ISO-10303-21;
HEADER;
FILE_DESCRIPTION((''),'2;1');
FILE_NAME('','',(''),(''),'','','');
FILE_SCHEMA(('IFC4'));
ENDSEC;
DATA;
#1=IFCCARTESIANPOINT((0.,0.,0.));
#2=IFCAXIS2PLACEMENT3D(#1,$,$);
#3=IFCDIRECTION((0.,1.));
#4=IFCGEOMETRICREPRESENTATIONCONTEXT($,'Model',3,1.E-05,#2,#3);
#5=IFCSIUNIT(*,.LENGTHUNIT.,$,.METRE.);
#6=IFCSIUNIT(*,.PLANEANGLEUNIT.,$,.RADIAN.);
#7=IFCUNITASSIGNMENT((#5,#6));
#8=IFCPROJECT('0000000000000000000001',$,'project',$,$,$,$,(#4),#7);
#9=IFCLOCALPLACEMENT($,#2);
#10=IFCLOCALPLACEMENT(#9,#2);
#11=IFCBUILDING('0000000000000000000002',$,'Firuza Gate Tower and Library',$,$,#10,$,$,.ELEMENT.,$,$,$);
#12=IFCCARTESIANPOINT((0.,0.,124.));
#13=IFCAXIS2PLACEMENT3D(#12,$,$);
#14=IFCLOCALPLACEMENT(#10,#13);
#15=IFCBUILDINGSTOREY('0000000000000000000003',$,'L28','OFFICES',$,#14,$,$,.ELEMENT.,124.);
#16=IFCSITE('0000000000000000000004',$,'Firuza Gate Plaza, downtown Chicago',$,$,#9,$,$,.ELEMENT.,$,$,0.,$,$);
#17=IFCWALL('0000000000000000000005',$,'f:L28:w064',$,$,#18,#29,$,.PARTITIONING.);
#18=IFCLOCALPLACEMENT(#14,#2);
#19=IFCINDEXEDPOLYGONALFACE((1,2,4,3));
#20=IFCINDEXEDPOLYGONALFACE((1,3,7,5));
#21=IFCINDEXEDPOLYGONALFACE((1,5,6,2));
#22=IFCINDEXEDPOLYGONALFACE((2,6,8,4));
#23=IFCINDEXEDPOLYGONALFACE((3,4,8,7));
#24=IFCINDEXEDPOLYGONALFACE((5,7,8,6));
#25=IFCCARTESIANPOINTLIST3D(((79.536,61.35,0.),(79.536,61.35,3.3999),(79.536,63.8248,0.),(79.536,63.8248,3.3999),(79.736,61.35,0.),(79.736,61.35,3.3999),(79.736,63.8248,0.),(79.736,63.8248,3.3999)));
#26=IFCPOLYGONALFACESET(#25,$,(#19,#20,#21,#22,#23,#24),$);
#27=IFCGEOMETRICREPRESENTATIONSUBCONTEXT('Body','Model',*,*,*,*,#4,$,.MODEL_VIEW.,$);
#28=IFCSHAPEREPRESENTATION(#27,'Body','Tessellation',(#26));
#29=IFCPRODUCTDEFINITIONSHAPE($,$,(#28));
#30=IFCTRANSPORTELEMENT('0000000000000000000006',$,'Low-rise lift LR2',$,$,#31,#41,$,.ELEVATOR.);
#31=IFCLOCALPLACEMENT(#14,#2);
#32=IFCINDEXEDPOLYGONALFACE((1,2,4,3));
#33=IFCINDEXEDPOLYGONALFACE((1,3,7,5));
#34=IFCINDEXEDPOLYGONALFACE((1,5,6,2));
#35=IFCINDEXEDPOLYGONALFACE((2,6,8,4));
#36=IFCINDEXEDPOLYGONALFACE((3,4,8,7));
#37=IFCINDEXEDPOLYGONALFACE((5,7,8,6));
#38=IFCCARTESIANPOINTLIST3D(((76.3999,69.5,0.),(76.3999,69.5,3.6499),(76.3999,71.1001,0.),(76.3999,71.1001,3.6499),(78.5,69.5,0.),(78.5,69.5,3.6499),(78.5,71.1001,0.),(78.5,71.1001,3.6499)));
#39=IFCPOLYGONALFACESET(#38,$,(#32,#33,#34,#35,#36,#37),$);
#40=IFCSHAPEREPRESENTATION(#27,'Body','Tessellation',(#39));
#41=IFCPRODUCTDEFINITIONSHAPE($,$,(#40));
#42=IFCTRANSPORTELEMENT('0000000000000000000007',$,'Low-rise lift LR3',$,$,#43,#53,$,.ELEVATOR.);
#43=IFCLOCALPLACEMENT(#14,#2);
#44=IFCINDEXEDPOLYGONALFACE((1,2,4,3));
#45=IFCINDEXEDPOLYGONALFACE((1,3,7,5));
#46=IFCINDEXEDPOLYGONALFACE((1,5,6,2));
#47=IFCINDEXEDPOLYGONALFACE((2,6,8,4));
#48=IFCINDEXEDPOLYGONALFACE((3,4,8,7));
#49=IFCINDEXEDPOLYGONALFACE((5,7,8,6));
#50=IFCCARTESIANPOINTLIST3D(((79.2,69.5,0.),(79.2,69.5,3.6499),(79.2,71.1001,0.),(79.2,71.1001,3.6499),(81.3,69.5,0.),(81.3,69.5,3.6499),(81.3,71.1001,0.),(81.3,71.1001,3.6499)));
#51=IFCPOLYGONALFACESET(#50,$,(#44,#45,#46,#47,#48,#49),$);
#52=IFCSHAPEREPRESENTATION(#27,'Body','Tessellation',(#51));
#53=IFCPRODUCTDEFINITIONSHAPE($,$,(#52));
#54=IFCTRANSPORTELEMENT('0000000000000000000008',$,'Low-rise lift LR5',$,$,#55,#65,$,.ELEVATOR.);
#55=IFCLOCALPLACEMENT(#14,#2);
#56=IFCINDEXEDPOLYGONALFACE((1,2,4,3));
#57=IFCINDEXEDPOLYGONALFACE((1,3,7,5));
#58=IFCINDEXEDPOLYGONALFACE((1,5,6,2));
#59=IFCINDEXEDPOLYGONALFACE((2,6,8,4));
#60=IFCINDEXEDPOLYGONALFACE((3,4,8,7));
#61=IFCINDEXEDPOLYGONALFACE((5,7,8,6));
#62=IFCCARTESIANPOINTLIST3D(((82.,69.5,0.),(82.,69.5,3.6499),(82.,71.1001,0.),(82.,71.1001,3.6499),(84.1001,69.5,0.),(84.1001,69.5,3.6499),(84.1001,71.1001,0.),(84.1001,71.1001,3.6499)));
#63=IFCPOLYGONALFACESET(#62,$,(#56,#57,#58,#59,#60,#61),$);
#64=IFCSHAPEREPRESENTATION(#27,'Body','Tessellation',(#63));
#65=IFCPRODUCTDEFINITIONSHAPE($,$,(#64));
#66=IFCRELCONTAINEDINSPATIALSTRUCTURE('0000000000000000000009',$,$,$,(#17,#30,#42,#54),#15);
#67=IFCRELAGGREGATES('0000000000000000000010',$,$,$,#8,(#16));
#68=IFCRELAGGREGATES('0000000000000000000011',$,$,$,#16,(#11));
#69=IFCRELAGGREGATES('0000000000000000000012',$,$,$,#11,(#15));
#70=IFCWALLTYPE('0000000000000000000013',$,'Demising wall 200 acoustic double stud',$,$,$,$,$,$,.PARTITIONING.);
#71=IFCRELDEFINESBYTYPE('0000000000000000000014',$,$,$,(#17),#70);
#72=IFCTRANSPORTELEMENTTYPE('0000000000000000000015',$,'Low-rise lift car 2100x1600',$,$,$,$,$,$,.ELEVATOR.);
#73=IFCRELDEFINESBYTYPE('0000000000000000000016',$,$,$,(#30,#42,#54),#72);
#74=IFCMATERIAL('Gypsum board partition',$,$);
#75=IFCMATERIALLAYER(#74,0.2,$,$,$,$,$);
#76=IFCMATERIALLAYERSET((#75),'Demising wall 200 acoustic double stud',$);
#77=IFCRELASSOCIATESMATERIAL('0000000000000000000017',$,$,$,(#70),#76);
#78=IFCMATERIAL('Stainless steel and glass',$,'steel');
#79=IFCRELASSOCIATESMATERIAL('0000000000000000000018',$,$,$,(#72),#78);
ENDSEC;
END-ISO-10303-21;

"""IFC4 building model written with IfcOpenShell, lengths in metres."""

from ifc_helpers import new_model, si_unit, direction, frame, frame_2d, origin, origin_2d, place, context, subcontext, project, spatial, rectangle, extrude, material, layer, layer_set, type_object, element, save


model = new_model("IFC4")

# Units and contexts
model_context = context("Model", 3, precision=1e-05, world=origin(), true_north=direction((0.0, 1.0)))
body_context = subcontext(model_context, "Body", "Model", "MODEL_VIEW")
ifc_project = project(units=[si_unit("LENGTHUNIT", "METRE"), si_unit("PLANEANGLEUNIT", "RADIAN")], contexts=[model_context])

# Site, building, storey
site_placement = place(None, origin())
site = spatial("IfcSite", under=ifc_project, at=site_placement, Name="Firuza Gate Plaza, downtown Chicago", CompositionType="ELEMENT", RefElevation=0.0)
building_placement = place(site_placement, origin())
building = spatial("IfcBuilding", under=site, at=building_placement, Name="Firuza Gate Tower and Library", CompositionType="ELEMENT")
storey_placement = place(building_placement, frame((0.0, 0.0, 124.0)))
storey = spatial("IfcBuildingStorey", under=building, at=storey_placement, Name="L28", Description="OFFICES", CompositionType="ELEMENT", Elevation=124.0)

# Wall
ifc_material_1 = material(Name="Gypsum board partition")
ifc_layer_1 = layer(ifc_material_1, 0.2)
ifc_layer_set_1 = layer_set([ifc_layer_1], Name="Demising wall 200 acoustic double stud")
wall_type_1 = type_object("IfcWallType", Name="Demising wall 200 acoustic double stud", PredefinedType="PARTITIONING", material=ifc_layer_set_1)
wall_1_placement = place(storey_placement, frame((79.636, 61.3501, 0.0), z_axis=(0.0, 0.0, 1.0), x_axis=(0.0, 1.0, 0.0)))
element("IfcWall", 1, at=wall_1_placement, inside=storey, type_object=wall_type_1, Name="f:L28:w064", PredefinedType="PARTITIONING", context=body_context, shape_type="SweptSolid", body=[
    extrude(rectangle(XDim=2.4749, YDim=0.2, at=frame_2d((1.2373, 0.0))), origin(), (0.0, 0.0, 1.0), 3.3999),
])

# Transport elements
ifc_material_2 = material(Name="Stainless steel and glass", Category="steel")
transport_element_type = type_object("IfcTransportElementType", Name="Low-rise lift car 2100x1600", PredefinedType="ELEVATOR", material=ifc_material_2)
for number, where, z_axis, x_axis, name in (
    (2, (77.45, 70.3, 0.0), (0.0, 0.0, 1.0), (1.0, 0.0, 0.0), "Low-rise lift LR2"),
    (3, (80.25, 70.3, 0.0), (0.0, 0.0, 1.0), (1.0, 0.0, 0.0), "Low-rise lift LR3"),
    (4, (83.05, 70.3, 0.0), (0.0, 0.0, 1.0), (1.0, 0.0, 0.0), "Low-rise lift LR5"),
):
    element("IfcTransportElement", number, at=place(storey_placement, frame(where, z_axis=z_axis, x_axis=x_axis)), inside=storey, type_object=transport_element_type, Name=name, PredefinedType="ELEVATOR", context=body_context, shape_type="SweptSolid", body=[
        extrude(rectangle(XDim=2.1001, YDim=1.6001, at=origin_2d()), origin(), (0.0, 0.0, 1.0), 3.6499),
    ])

save(model, "model.ifc")
